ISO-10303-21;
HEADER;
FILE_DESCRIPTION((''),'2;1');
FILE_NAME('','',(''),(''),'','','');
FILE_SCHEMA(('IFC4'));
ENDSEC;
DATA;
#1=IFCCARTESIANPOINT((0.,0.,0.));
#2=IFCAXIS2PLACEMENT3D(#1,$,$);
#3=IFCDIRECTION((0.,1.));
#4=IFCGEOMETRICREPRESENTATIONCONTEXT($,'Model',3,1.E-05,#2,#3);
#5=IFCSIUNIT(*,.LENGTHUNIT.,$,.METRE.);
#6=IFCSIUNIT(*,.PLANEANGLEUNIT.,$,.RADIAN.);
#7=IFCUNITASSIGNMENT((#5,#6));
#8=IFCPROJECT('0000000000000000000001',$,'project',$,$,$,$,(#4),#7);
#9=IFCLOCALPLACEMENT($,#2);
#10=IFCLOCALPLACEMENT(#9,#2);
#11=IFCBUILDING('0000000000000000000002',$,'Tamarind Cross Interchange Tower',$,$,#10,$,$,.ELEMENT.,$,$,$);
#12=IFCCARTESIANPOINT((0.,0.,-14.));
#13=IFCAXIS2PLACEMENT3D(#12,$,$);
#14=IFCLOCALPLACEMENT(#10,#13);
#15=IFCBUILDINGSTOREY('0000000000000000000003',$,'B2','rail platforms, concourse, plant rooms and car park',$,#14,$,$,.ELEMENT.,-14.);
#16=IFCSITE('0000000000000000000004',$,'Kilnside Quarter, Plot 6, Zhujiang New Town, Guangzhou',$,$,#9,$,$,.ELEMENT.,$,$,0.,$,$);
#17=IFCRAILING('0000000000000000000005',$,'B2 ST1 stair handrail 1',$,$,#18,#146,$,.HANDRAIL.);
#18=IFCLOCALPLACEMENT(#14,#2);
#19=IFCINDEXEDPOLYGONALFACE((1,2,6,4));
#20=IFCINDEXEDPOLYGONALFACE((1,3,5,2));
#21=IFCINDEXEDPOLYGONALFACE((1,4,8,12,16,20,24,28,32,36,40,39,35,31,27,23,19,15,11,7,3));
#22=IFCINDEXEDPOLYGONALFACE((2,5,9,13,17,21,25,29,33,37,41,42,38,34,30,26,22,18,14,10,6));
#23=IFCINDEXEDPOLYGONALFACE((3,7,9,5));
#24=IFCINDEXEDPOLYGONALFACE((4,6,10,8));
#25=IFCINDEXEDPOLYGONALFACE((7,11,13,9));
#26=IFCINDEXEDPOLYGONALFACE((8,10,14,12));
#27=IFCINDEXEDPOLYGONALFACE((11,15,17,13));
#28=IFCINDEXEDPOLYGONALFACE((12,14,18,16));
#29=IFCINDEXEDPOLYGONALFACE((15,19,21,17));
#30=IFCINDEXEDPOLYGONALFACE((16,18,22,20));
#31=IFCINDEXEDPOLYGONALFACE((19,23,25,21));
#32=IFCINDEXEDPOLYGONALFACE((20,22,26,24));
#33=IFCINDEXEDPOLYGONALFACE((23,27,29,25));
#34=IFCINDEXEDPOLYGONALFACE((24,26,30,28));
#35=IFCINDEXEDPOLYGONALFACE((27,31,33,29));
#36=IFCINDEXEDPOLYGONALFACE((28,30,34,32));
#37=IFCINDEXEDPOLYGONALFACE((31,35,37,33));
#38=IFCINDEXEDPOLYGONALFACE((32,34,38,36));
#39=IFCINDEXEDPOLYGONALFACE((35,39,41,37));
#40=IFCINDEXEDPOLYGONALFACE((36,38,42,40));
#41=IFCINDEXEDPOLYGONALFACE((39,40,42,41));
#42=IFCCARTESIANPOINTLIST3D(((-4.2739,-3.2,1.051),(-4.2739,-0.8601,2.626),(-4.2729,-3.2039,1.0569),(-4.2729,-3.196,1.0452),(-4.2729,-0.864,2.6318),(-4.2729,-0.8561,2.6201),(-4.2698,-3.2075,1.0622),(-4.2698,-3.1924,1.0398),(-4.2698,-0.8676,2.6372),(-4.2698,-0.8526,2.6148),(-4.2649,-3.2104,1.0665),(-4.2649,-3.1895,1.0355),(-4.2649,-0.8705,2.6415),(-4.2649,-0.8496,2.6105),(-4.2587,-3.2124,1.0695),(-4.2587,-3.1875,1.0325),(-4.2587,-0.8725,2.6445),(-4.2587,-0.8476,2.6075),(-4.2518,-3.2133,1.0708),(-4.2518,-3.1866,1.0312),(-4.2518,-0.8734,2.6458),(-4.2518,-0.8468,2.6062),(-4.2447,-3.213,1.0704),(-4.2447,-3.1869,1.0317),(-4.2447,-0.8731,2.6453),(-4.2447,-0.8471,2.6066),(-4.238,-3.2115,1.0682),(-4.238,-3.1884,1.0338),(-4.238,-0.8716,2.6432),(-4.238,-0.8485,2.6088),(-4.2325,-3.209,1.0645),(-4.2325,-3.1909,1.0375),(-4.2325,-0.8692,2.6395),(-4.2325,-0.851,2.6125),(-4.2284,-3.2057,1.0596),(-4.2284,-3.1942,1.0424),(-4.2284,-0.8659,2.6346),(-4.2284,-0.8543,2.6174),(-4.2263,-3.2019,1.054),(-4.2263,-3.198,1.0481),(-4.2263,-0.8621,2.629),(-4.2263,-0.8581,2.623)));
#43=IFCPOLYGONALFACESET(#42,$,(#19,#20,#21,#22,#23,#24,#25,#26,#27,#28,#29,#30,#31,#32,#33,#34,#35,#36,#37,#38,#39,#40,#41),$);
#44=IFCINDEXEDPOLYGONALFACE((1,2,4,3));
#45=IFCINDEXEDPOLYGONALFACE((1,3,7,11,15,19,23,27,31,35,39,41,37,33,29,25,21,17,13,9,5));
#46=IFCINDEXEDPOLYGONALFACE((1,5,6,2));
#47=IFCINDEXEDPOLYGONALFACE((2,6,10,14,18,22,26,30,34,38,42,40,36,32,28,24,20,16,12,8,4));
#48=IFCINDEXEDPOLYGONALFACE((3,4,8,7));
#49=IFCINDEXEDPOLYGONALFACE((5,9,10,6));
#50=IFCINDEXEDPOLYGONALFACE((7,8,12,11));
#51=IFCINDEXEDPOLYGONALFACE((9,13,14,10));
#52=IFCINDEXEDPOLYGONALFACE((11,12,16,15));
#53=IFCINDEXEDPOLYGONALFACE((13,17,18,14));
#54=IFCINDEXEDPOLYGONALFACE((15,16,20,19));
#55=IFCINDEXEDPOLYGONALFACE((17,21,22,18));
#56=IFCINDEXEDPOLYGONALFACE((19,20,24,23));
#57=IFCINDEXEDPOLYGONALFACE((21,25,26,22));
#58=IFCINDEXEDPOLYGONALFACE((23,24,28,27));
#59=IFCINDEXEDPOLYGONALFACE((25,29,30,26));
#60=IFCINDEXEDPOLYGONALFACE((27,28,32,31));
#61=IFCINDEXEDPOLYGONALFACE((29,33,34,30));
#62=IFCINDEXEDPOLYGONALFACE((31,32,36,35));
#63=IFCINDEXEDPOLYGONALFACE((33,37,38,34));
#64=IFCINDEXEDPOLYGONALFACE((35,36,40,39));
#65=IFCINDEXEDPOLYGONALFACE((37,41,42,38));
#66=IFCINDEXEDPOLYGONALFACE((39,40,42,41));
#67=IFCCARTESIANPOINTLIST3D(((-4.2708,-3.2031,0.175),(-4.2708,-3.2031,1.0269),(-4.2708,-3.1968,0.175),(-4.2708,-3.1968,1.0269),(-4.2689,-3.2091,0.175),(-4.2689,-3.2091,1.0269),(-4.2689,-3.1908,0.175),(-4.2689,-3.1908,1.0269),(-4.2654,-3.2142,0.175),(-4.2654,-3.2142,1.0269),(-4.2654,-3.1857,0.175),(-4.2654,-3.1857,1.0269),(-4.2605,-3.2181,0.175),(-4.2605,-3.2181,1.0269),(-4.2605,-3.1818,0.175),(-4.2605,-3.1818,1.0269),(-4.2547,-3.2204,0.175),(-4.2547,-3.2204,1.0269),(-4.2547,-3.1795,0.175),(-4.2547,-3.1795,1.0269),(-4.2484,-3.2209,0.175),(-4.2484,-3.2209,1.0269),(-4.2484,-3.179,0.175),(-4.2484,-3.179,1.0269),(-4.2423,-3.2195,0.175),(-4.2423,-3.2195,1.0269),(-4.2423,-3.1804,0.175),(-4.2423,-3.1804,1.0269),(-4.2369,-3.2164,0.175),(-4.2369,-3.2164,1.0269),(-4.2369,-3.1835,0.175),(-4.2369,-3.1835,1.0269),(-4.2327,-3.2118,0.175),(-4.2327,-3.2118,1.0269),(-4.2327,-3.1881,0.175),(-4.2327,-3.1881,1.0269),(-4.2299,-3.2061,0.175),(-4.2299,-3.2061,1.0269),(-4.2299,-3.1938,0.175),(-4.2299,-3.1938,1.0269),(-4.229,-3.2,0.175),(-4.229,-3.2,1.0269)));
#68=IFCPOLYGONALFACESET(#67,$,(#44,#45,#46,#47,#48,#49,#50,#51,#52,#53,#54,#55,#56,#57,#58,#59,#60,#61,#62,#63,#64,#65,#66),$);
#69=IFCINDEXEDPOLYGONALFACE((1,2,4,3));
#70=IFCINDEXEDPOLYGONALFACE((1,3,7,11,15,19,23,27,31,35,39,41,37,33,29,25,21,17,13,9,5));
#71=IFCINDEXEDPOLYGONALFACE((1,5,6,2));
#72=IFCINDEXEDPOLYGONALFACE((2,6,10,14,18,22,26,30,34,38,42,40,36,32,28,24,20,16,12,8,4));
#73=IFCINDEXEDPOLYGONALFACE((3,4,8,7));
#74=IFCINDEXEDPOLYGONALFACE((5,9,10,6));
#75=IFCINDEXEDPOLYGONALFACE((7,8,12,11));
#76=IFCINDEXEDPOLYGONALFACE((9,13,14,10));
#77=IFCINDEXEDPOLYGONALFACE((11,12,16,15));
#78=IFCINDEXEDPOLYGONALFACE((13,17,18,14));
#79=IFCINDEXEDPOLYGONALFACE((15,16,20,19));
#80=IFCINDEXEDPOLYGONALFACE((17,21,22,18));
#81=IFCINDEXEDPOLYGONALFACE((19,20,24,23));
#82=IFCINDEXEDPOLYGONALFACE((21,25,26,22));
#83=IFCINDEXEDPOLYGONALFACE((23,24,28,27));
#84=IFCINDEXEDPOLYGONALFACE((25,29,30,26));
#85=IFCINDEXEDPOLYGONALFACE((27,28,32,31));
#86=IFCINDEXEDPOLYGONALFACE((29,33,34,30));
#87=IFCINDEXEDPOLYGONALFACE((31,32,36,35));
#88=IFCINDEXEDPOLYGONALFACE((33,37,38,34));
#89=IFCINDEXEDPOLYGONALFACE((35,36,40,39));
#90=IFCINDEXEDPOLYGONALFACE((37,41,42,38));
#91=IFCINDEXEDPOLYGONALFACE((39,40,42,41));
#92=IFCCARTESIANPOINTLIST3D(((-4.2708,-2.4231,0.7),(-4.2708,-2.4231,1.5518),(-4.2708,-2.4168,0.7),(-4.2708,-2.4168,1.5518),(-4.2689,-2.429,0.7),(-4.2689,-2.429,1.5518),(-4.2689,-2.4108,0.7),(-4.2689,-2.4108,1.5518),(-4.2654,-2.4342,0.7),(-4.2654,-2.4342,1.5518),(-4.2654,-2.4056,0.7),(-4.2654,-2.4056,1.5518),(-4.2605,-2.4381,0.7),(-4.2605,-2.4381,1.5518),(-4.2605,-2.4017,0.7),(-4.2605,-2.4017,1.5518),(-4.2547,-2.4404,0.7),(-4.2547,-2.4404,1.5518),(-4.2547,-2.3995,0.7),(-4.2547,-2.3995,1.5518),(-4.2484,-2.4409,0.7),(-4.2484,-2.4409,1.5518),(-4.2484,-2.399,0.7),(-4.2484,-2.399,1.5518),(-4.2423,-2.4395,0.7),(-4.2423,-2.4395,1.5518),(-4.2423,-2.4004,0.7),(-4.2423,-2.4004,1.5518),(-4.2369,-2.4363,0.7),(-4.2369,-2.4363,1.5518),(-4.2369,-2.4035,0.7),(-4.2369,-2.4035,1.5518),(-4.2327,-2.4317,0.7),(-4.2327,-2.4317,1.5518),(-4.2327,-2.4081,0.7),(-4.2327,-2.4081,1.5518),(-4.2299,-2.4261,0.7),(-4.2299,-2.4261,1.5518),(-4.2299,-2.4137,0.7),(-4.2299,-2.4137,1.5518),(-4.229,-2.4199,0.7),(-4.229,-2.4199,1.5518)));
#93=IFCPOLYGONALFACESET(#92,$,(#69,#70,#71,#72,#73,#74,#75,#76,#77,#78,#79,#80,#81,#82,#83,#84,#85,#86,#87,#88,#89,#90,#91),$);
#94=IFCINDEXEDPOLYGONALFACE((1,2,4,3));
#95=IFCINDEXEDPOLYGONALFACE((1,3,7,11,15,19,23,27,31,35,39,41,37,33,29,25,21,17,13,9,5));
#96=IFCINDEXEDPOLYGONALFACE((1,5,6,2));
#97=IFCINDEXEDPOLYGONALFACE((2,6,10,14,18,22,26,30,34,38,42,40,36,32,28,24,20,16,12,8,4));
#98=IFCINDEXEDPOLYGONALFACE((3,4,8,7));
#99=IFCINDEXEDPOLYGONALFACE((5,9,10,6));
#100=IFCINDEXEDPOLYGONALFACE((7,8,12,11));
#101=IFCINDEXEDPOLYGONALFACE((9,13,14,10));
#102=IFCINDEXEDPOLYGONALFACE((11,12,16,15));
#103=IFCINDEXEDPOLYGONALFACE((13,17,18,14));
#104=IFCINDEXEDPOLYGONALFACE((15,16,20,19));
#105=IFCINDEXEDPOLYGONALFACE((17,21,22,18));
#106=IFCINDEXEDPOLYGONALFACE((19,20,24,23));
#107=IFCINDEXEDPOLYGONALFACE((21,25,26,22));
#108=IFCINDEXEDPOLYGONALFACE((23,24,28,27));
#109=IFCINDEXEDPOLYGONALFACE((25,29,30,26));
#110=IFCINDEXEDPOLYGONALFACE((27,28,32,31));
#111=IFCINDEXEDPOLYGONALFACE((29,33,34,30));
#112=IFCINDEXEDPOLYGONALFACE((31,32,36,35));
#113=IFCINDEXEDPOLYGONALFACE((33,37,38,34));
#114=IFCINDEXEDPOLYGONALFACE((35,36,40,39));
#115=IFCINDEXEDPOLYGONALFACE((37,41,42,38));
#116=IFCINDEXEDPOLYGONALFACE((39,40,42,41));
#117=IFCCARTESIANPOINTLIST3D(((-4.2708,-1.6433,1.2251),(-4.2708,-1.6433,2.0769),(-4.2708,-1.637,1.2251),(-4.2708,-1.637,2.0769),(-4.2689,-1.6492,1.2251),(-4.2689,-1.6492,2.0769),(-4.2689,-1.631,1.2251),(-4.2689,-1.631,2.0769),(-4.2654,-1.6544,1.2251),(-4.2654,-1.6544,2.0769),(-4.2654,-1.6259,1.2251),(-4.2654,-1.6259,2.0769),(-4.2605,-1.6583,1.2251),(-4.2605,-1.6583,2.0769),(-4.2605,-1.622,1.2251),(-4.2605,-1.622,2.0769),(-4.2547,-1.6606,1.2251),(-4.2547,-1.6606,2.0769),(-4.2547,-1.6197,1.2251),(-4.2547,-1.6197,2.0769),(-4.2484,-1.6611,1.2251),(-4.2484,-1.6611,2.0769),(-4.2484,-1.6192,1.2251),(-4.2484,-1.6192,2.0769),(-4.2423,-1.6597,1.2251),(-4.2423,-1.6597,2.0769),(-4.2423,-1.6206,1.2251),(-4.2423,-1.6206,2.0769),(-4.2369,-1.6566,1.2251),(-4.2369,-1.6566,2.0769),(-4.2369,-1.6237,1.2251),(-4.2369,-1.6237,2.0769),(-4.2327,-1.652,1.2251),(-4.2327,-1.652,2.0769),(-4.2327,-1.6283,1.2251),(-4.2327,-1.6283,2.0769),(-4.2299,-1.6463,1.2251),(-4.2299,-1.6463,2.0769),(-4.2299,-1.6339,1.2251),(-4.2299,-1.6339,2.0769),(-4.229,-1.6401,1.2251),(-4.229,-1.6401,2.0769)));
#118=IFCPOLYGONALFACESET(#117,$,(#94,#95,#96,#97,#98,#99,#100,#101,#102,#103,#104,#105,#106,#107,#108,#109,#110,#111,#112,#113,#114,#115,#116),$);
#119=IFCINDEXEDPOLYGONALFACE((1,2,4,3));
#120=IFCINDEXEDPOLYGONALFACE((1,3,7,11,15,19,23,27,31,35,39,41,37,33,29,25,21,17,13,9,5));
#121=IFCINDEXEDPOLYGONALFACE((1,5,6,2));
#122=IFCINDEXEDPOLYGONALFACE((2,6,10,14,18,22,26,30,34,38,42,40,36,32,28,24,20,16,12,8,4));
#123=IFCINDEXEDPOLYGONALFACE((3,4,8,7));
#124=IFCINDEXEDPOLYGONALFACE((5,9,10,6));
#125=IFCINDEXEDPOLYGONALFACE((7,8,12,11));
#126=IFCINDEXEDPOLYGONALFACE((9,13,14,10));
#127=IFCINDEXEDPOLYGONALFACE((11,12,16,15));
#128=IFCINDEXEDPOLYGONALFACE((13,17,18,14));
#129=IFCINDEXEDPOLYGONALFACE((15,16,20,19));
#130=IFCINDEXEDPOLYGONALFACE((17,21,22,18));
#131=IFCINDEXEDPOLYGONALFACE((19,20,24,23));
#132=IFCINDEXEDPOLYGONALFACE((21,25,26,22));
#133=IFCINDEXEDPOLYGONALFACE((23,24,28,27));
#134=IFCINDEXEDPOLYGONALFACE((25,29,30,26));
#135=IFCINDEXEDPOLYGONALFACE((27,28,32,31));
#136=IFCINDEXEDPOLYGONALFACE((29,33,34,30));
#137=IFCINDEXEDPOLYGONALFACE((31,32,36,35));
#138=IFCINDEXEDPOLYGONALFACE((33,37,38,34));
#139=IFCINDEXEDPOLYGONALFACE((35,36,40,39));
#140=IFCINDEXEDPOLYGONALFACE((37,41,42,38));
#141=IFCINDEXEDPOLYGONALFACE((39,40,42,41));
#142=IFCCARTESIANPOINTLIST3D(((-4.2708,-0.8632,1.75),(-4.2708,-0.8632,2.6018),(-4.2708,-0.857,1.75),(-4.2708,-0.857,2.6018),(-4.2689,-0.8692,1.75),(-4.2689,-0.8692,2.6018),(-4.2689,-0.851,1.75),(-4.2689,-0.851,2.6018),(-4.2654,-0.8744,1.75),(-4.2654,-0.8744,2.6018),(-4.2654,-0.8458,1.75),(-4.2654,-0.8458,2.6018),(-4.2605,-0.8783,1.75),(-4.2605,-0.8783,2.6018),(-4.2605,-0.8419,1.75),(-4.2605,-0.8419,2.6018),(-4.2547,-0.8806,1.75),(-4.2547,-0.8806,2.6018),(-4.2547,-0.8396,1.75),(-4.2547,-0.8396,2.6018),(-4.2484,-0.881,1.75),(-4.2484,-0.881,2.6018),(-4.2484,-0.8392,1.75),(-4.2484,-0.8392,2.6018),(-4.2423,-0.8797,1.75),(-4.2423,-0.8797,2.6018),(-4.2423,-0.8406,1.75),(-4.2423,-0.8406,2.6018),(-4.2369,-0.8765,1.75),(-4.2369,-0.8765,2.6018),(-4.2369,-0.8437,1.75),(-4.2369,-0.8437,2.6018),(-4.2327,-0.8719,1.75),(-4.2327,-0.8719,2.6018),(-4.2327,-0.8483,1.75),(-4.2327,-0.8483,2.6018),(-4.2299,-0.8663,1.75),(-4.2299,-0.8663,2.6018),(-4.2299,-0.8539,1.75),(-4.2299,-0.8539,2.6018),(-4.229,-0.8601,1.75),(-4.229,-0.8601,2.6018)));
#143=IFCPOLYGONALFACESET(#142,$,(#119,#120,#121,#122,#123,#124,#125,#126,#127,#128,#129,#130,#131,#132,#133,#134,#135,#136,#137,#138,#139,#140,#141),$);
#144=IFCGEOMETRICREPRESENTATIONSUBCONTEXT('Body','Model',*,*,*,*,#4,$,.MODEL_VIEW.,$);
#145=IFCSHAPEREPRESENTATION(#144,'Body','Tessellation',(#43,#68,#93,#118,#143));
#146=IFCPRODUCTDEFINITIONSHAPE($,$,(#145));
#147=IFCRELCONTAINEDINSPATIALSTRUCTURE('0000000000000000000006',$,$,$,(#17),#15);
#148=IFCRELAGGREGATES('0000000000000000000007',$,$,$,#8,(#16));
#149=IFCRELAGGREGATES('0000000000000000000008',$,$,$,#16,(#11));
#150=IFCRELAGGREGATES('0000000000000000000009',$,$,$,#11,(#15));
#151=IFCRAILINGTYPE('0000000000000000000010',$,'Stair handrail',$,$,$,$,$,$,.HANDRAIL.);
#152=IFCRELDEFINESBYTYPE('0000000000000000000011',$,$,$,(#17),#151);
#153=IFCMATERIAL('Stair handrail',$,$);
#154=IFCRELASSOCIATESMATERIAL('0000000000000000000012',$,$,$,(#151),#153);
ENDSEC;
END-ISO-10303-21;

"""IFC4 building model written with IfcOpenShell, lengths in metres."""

from ifc_helpers import new_model, si_unit, direction, frame, origin, origin_2d, place, context, subcontext, project, spatial, circle, extrude, material, type_object, element, save


model = new_model("IFC4")

# Units and contexts
model_context = context("Model", 3, precision=1e-05, world=origin(), true_north=direction((0.0, 1.0)))
body_context = subcontext(model_context, "Body", "Model", "MODEL_VIEW")
ifc_project = project(units=[si_unit("LENGTHUNIT", "METRE"), si_unit("PLANEANGLEUNIT", "RADIAN")], contexts=[model_context])

# Site, building, storey
site_placement = place(None, origin())
site = spatial("IfcSite", under=ifc_project, at=site_placement, Name="Kilnside Quarter, Plot 6, Zhujiang New Town, Guangzhou", CompositionType="ELEMENT", RefElevation=0.0)
building_placement = place(site_placement, origin())
building = spatial("IfcBuilding", under=site, at=building_placement, Name="Tamarind Cross Interchange Tower", CompositionType="ELEMENT")
storey_placement = place(building_placement, frame((0.0, 0.0, -14.0)))
storey = spatial("IfcBuildingStorey", under=building, at=storey_placement, Name="B2", Description="rail platforms, concourse, plant rooms and car park", CompositionType="ELEMENT", Elevation=-14.0)

# Railing
ifc_material_1 = material(Name="Stair handrail")
railing_type_1 = type_object("IfcRailingType", Name="Stair handrail", PredefinedType="HANDRAIL", material=ifc_material_1)
railing_1_placement = place(storey_placement, frame((-4.25, -3.2, 0.175)))
element("IfcRailing", 1, at=railing_1_placement, inside=storey, type_object=railing_type_1, Name="B2 ST1 stair handrail 1", PredefinedType="HANDRAIL", context=body_context, shape_type="SweptSolid", body=[
    extrude(circle(Radius=0.0239, at=origin_2d()), frame((0.0, 0.0, 0.876), z_axis=(0.0, 0.829578, 0.55839), x_axis=(-1.0, 0.0, 0.0)), (0.0, 0.0, 1.0), 2.8206),
    extrude(circle(Radius=0.021, at=origin_2d()), origin(), (0.0, 0.0, 1.0), 0.8518),
    extrude(circle(Radius=0.021, at=origin_2d()), frame((0.0, 0.78, 0.5249)), (0.0, 0.0, 1.0), 0.8518),
    extrude(circle(Radius=0.021, at=origin_2d()), frame((0.0, 1.5598, 1.05)), (0.0, 0.0, 1.0), 0.8518),
    extrude(circle(Radius=0.021, at=origin_2d()), frame((0.0, 2.3398, 1.575)), (0.0, 0.0, 1.0), 0.8518),
])

save(model, "model.ifc")
